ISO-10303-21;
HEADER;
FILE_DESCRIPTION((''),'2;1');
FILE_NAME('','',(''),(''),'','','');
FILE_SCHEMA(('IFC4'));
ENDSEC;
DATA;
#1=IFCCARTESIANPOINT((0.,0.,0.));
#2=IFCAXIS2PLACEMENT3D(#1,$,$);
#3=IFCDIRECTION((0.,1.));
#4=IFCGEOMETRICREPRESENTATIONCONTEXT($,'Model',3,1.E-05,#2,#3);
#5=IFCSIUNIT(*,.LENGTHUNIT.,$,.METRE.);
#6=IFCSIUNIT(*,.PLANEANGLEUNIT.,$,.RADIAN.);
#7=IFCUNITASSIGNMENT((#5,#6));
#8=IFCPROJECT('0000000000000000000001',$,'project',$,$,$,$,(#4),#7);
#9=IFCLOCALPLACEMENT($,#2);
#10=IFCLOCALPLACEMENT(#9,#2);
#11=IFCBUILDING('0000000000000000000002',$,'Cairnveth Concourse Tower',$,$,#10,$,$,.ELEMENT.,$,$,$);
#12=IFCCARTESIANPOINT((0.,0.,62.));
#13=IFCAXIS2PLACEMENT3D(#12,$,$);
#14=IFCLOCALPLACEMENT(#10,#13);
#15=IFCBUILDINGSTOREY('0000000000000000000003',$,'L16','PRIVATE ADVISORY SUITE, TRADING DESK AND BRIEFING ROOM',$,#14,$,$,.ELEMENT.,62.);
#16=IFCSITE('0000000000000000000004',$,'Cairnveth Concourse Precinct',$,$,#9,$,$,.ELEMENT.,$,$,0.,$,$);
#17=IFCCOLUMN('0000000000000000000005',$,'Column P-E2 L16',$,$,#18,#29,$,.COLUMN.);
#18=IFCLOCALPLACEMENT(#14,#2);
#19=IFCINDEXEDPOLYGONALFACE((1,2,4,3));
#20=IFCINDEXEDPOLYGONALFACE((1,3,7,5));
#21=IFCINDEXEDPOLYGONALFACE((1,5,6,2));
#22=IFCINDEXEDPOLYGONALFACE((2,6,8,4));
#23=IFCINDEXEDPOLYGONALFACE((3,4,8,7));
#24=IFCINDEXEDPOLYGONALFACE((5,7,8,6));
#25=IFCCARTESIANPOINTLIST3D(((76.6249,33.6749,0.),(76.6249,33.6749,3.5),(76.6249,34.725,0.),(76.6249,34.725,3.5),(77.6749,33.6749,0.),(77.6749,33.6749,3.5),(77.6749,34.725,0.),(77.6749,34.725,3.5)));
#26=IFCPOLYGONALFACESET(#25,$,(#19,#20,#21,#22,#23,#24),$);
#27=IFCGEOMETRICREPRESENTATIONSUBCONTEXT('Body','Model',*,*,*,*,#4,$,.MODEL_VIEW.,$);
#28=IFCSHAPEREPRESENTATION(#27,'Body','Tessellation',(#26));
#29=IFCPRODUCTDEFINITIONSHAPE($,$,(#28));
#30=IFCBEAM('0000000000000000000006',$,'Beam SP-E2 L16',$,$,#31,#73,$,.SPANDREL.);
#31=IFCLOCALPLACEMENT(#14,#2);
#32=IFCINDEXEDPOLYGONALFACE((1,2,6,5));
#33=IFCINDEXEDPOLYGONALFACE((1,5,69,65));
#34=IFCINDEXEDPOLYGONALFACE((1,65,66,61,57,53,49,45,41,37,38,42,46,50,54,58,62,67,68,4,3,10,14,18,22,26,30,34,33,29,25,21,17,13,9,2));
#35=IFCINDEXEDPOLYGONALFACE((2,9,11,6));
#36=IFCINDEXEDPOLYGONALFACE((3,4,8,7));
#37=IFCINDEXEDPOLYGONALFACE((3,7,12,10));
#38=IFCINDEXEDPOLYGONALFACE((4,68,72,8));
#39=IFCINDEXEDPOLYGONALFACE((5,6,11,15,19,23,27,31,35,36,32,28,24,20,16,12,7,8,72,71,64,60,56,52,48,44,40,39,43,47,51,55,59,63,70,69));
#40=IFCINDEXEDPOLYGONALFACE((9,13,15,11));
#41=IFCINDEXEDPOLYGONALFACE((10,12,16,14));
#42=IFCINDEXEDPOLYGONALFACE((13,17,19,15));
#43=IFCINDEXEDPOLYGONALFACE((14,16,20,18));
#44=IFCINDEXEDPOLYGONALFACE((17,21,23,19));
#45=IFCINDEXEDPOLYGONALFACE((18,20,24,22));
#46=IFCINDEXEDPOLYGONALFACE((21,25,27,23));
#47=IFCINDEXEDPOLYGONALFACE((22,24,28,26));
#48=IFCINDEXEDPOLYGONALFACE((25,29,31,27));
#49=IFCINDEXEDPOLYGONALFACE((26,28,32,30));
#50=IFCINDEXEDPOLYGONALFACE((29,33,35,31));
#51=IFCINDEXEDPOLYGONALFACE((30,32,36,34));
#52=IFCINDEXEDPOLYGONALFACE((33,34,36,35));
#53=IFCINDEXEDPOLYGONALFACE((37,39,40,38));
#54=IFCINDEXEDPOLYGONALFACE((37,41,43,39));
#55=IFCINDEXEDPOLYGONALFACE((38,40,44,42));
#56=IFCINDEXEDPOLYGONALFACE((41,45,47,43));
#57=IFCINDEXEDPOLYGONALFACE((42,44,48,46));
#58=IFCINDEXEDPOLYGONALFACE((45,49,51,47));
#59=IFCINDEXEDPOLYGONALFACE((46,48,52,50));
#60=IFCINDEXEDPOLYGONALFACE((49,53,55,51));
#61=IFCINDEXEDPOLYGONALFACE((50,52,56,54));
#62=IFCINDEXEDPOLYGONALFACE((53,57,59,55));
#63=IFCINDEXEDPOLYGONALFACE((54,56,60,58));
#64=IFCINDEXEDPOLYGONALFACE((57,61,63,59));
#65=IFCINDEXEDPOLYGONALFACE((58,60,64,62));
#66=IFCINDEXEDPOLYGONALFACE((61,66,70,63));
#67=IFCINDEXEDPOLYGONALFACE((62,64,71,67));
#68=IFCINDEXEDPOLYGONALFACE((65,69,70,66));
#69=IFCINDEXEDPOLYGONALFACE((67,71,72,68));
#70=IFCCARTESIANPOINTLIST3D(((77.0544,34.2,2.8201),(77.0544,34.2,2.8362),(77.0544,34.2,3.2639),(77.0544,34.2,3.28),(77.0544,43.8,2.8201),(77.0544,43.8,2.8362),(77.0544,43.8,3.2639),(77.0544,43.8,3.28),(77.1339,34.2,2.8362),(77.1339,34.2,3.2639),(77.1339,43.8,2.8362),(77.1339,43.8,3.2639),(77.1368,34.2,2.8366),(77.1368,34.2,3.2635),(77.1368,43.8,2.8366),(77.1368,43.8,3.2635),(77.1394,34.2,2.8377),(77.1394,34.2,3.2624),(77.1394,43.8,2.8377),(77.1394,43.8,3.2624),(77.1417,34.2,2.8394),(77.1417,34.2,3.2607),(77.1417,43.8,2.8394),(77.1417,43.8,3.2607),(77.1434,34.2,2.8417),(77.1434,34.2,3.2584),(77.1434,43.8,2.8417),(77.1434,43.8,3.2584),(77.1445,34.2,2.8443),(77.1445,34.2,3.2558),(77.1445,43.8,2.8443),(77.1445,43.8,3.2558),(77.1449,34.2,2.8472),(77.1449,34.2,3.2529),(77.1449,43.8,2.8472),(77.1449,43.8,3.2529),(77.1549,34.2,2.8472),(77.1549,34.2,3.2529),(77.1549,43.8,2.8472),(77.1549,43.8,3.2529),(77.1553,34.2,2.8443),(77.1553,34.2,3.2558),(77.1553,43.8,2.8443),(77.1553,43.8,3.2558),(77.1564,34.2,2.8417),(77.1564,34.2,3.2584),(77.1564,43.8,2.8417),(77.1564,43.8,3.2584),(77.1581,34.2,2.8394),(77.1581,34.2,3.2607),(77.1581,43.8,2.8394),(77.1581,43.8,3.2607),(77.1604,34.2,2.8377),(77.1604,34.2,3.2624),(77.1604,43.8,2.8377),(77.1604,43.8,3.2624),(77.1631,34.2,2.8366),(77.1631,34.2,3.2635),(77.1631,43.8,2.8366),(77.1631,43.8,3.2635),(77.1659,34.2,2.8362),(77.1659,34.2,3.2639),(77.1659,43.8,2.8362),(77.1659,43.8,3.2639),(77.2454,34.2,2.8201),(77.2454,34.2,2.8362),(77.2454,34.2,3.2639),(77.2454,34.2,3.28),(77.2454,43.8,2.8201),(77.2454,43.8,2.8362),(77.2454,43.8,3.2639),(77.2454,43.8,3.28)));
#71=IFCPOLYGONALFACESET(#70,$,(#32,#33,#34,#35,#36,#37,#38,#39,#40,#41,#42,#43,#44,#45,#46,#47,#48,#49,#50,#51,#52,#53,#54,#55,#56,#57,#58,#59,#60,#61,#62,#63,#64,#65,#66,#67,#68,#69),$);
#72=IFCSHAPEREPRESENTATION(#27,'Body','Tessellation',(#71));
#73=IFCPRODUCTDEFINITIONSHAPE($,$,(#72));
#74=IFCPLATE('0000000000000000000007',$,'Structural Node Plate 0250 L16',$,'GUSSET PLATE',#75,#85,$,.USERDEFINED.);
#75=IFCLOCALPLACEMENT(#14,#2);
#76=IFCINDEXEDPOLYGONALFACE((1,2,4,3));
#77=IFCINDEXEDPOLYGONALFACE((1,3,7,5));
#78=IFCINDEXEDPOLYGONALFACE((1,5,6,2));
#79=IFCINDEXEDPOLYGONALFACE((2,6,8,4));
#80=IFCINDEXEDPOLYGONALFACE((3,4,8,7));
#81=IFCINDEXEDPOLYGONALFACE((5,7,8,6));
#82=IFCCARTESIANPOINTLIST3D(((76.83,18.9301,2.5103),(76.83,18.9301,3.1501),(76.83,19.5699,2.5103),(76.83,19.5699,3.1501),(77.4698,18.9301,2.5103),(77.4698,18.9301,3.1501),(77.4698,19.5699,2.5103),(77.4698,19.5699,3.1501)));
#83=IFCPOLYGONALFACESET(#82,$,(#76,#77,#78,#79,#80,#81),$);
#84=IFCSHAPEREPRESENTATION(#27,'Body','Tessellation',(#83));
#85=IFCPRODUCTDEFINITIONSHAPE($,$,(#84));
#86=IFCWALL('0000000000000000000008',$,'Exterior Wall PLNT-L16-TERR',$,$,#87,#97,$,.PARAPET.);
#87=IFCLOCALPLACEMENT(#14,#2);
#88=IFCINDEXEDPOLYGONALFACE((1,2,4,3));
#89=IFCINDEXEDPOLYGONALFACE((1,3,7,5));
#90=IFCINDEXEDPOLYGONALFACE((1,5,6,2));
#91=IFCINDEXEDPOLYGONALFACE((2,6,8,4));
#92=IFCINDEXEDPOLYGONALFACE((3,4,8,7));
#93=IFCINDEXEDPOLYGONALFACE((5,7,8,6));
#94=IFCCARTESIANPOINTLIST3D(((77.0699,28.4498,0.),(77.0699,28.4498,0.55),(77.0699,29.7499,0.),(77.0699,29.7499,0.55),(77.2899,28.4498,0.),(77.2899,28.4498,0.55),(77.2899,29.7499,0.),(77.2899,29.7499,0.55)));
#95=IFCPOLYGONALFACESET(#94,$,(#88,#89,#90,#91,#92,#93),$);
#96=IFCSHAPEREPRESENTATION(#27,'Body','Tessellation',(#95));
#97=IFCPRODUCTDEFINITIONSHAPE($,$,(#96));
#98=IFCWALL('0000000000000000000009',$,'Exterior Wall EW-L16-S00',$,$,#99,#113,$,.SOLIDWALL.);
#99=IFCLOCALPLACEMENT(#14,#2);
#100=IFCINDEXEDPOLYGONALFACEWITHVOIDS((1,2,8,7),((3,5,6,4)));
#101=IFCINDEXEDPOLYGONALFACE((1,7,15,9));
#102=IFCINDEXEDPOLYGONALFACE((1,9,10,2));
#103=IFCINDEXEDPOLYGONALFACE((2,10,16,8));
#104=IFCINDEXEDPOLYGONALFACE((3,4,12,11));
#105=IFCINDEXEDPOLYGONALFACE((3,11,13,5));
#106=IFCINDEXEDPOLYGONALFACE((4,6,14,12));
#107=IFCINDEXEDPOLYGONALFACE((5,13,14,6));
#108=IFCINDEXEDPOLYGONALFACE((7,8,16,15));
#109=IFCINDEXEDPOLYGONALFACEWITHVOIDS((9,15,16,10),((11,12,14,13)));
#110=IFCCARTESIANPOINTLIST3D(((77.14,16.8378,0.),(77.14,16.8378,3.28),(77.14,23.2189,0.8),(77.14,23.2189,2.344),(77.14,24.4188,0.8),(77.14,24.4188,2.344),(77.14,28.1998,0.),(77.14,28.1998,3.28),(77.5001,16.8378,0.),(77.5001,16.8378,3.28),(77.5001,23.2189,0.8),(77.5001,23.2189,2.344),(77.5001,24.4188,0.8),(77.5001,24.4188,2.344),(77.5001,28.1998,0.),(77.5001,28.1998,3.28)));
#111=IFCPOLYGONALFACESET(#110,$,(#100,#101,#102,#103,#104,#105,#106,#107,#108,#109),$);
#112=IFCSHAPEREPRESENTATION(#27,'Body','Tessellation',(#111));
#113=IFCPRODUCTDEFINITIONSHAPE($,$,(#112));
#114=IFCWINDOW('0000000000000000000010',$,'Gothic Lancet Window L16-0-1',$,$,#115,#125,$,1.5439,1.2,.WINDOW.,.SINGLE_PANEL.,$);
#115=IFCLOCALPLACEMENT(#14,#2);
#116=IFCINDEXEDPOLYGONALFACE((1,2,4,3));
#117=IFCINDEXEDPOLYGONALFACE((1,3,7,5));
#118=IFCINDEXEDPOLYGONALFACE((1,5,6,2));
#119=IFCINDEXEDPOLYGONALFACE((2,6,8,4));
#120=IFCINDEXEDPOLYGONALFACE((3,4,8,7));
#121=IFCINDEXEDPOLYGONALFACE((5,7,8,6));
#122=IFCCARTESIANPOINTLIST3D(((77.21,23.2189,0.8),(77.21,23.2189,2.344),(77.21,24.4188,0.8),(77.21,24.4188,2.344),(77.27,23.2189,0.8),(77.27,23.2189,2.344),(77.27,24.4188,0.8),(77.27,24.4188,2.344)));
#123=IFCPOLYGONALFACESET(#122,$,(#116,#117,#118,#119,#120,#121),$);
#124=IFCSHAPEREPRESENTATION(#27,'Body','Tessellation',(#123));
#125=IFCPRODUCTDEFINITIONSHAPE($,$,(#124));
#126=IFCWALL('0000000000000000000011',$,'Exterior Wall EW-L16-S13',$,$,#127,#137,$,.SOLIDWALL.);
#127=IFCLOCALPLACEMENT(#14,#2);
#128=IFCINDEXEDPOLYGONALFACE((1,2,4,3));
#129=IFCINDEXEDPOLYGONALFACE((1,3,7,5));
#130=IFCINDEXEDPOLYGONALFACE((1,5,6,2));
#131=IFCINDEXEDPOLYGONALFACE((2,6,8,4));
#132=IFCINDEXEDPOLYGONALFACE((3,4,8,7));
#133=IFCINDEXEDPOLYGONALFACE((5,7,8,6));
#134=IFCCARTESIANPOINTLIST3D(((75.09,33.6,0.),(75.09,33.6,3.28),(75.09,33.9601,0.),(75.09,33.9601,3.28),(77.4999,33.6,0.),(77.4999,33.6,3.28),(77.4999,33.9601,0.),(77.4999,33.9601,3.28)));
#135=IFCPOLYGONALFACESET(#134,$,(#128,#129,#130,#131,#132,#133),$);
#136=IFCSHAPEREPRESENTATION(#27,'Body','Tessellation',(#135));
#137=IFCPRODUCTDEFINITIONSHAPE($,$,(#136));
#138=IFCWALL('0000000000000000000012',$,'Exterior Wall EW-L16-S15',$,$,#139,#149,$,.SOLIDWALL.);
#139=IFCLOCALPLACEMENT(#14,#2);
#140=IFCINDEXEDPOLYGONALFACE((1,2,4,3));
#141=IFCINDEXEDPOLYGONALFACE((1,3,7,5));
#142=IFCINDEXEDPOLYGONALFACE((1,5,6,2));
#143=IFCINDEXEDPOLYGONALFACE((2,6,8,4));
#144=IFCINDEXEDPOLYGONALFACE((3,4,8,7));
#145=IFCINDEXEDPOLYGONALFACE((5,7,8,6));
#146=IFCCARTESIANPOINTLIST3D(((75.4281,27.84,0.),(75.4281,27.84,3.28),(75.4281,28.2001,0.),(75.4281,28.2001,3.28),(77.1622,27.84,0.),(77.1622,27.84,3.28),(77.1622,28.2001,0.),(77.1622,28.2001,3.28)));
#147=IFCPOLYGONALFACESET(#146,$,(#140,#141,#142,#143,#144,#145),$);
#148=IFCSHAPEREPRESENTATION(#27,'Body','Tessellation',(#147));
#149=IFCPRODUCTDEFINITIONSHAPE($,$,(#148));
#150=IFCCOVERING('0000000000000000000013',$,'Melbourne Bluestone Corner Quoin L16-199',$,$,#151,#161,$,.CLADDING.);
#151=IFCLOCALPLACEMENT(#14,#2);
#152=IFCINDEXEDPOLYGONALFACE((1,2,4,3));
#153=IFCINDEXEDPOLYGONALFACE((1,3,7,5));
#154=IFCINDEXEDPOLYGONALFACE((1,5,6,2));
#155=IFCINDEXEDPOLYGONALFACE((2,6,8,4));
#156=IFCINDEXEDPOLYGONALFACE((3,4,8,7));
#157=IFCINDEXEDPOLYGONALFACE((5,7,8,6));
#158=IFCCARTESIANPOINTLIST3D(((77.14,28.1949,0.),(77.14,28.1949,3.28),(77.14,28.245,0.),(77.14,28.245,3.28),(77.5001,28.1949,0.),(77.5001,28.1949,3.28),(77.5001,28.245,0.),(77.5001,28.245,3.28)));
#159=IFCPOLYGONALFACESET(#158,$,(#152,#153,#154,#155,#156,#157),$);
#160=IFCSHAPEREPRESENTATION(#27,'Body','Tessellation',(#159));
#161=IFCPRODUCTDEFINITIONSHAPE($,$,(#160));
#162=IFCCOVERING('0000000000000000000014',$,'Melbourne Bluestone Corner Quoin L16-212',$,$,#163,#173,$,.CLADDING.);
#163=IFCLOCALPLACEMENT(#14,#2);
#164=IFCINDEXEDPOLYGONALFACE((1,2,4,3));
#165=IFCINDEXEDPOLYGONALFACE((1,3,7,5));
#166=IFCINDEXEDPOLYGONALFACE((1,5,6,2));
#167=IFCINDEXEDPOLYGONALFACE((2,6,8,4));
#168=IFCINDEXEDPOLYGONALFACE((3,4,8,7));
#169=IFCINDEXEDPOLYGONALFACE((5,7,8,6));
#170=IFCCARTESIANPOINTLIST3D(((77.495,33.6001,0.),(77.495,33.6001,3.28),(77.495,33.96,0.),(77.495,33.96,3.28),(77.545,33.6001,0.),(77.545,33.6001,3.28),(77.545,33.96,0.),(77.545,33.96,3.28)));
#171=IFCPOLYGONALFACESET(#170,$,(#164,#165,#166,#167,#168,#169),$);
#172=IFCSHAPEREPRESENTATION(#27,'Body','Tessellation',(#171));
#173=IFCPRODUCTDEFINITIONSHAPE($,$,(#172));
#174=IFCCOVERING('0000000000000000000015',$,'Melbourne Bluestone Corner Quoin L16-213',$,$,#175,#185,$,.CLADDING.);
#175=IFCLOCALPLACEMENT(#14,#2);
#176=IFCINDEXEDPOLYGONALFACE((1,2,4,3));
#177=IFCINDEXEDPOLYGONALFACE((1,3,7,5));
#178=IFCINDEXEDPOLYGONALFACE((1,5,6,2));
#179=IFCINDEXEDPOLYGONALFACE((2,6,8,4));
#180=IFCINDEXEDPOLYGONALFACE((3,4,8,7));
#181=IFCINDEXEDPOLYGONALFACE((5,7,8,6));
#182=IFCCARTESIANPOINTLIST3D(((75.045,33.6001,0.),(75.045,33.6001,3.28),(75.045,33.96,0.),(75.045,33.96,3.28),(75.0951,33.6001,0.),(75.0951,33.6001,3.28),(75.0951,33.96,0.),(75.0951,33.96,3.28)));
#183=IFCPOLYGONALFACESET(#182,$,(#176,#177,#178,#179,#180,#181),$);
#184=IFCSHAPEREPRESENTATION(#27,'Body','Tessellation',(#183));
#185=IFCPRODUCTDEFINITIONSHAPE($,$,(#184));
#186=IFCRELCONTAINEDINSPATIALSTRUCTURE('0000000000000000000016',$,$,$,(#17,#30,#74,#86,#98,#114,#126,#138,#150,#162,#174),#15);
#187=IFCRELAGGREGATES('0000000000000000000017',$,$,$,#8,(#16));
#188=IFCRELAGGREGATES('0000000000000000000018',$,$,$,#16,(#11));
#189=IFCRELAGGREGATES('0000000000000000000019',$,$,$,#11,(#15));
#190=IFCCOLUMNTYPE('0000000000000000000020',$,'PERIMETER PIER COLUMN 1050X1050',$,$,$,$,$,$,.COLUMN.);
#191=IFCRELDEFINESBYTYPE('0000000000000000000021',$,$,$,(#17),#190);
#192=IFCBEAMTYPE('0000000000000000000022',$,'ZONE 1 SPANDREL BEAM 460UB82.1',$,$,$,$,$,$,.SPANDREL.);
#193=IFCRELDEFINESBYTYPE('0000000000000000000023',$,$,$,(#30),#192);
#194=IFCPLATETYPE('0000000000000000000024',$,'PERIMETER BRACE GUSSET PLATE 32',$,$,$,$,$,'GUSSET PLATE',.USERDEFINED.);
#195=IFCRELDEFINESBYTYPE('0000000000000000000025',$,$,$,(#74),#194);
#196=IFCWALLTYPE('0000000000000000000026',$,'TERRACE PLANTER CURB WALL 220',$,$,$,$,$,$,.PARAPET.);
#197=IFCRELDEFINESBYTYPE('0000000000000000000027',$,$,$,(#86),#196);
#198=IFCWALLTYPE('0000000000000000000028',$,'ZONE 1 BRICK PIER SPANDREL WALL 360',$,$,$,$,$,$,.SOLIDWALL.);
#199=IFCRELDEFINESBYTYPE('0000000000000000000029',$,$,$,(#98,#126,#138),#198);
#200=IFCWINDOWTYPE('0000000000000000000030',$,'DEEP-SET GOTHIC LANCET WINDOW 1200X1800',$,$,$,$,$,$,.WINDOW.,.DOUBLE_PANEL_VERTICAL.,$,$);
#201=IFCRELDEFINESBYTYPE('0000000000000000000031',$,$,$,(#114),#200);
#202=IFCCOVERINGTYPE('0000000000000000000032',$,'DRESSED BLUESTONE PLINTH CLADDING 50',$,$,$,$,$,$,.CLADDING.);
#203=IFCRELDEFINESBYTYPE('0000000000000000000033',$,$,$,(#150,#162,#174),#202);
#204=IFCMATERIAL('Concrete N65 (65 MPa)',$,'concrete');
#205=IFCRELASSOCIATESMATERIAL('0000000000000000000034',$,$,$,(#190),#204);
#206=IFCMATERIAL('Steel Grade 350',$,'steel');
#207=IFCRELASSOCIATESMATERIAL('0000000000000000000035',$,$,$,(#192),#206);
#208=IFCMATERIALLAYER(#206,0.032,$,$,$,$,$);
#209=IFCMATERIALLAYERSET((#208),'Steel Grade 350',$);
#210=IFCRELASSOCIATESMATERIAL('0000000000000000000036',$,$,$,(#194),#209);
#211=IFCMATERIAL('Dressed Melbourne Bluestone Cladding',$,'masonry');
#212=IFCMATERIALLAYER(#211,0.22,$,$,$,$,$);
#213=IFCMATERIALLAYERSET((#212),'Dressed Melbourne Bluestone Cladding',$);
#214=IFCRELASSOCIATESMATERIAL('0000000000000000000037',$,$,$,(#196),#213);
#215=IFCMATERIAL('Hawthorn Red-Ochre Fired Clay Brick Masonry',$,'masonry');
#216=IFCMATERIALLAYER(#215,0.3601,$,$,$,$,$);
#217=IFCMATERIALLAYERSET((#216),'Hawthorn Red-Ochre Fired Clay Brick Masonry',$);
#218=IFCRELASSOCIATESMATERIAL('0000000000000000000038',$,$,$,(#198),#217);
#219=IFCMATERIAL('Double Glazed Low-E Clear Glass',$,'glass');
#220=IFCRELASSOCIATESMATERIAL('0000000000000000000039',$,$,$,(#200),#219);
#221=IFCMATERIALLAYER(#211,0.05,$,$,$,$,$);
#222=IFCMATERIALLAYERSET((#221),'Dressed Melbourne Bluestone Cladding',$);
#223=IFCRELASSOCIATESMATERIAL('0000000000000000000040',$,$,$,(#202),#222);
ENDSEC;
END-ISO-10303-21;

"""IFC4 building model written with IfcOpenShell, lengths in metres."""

from ifc_helpers import new_model, si_unit, direction, frame, frame_2d, origin, origin_2d, place, context, subcontext, project, spatial, rectangle, i_section, extrude, material, layer, layer_set, material_profile, profile_set, type_object, element, fill, save


model = new_model("IFC4")

# Units and contexts
model_context = context("Model", 3, precision=1e-05, world=origin(), true_north=direction((0.0, 1.0)))
body_context = subcontext(model_context, "Body", "Model", "MODEL_VIEW")
ifc_project = project(units=[si_unit("LENGTHUNIT", "METRE"), si_unit("PLANEANGLEUNIT", "RADIAN")], contexts=[model_context])

# Site, building, storey
site_placement = place(None, origin())
site = spatial("IfcSite", under=ifc_project, at=site_placement, Name="Cairnveth Concourse Precinct", CompositionType="ELEMENT", RefElevation=0.0)
building_placement = place(site_placement, origin())
building = spatial("IfcBuilding", under=site, at=building_placement, Name="Cairnveth Concourse Tower", CompositionType="ELEMENT")
storey_placement = place(building_placement, frame((0.0, 0.0, 62.0)))
storey = spatial("IfcBuildingStorey", under=building, at=storey_placement, Name="L16", Description="PRIVATE ADVISORY SUITE, TRADING DESK AND BRIEFING ROOM", CompositionType="ELEMENT", Elevation=62.0)

# Column
ifc_material_1 = material(Name="Concrete N65 (65 MPa)", Category="concrete")
ifc_material_profile_1 = material_profile(ifc_material_1, rectangle(XDim=1.05, YDim=1.05, at=origin_2d()), Name="RC-COL-1050x1050")
ifc_profile_set_1 = profile_set([ifc_material_profile_1], Name="Concrete N65 (65 MPa)")
column_type = type_object("IfcColumnType", Name="PERIMETER PIER COLUMN 1050X1050", PredefinedType="COLUMN", material=ifc_profile_set_1)
column_placement = place(storey_placement, frame((77.1499, 34.2, 0.0), z_axis=(0.0, 0.0, 1.0), x_axis=(0.0, 1.0, 0.0)))
element("IfcColumn", 1, at=column_placement, inside=storey, type_object=column_type, Name="Column P-E2 L16", PredefinedType="COLUMN", context=body_context, shape_type="SweptSolid", body=[
    extrude(rectangle(XDim=1.05, YDim=1.05, at=origin_2d()), origin(), (0.0, 0.0, 1.0), 3.5),
])

# Beam
ifc_material_2 = material(Name="Steel Grade 350", Category="steel")
ifc_material_profile_2 = material_profile(ifc_material_2, i_section(OverallWidth=0.1909, OverallDepth=0.46, WebThickness=0.01, FlangeThickness=0.0161, FilletRadius=0.011, at=origin_2d()), Name="460UB82.1")
ifc_profile_set_2 = profile_set([ifc_material_profile_2], Name="Steel Grade 350")
beam_type = type_object("IfcBeamType", Name="ZONE 1 SPANDREL BEAM 460UB82.1", PredefinedType="SPANDREL", material=ifc_profile_set_2)
beam_placement = place(storey_placement, frame((77.1499, 34.2, 3.05), z_axis=(0.0, 1.0, 0.0), x_axis=(-1.0, 0.0, 0.0)))
element("IfcBeam", 2, at=beam_placement, inside=storey, type_object=beam_type, Name="Beam SP-E2 L16", PredefinedType="SPANDREL", context=body_context, shape_type="SweptSolid", body=[
    extrude(i_section(OverallWidth=0.1909, OverallDepth=0.46, WebThickness=0.01, FlangeThickness=0.0161, FilletRadius=0.011, at=origin_2d()), origin(), (0.0, 0.0, 1.0), 9.6001),
])

# Plate
ifc_layer_1 = layer(ifc_material_2, 0.032)
ifc_layer_set_1 = layer_set([ifc_layer_1], Name="Steel Grade 350")
plate_type = type_object("IfcPlateType", Name="PERIMETER BRACE GUSSET PLATE 32", ElementType="GUSSET PLATE", PredefinedType="USERDEFINED", material=ifc_layer_set_1)
plate_placement = place(storey_placement, frame((77.1499, 19.25, 2.5103), z_axis=(0.0, 0.0, 1.0), x_axis=(1.0, 0.0, 0.0)))
element("IfcPlate", 3, at=plate_placement, inside=storey, type_object=plate_type, Name="Structural Node Plate 0250 L16", ObjectType="GUSSET PLATE", PredefinedType="USERDEFINED", context=body_context, shape_type="SweptSolid", body=[
    extrude(rectangle(XDim=0.6399, YDim=0.6399, at=origin_2d()), origin(), (0.0, 0.0, 1.0), 0.6399),
])

# Wall
ifc_material_3 = material(Name="Dressed Melbourne Bluestone Cladding", Category="masonry")
ifc_layer_2 = layer(ifc_material_3, 0.22)
ifc_layer_set_2 = layer_set([ifc_layer_2], Name="Dressed Melbourne Bluestone Cladding")
wall_type_1 = type_object("IfcWallType", Name="TERRACE PLANTER CURB WALL 220", PredefinedType="PARAPET", material=ifc_layer_set_2)
wall_1_placement = place(storey_placement, frame((77.1799, 28.45, 0.0), z_axis=(0.0, 0.0, 1.0), x_axis=(0.0, 1.0, 0.0)))
element("IfcWall", 4, at=wall_1_placement, inside=storey, type_object=wall_type_1, Name="Exterior Wall PLNT-L16-TERR", PredefinedType="PARAPET", context=body_context, shape_type="SweptSolid", body=[
    extrude(rectangle(XDim=1.3, YDim=0.22, at=frame_2d((0.6499, 0.0))), origin(), (0.0, 0.0, 1.0), 0.55),
])

# Wall, opening, window
ifc_material_4 = material(Name="Hawthorn Red-Ochre Fired Clay Brick Masonry", Category="masonry")
ifc_layer_3 = layer(ifc_material_4, 0.3601)
ifc_layer_set_3 = layer_set([ifc_layer_3], Name="Hawthorn Red-Ochre Fired Clay Brick Masonry")
wall_type_2 = type_object("IfcWallType", Name="ZONE 1 BRICK PIER SPANDREL WALL 360", PredefinedType="SOLIDWALL", material=ifc_layer_set_3)
wall_2_placement = place(storey_placement, frame((77.3201, 28.2, 0.0), z_axis=(0.0, 0.0, 1.0), x_axis=(0.0, -1.0, 0.0)))
wall_2 = element("IfcWall", 5, at=wall_2_placement, inside=storey, type_object=wall_type_2, Name="Exterior Wall EW-L16-S00", PredefinedType="SOLIDWALL", context=body_context, shape_type="SweptSolid", body=[
    extrude(rectangle(XDim=11.3621, YDim=0.3601, at=frame_2d((5.6812, 0.0))), origin(), (0.0, 0.0, 1.0), 3.28),
])
opening_1_placement = place(wall_2_placement, frame((3.781, 0.0, 0.8)))
opening_1 = element("IfcOpeningElement", 6, at=opening_1_placement, cuts=wall_2, PredefinedType="OPENING", context=body_context, shape_type="SweptSolid", body=[
    extrude(rectangle(XDim=1.2, YDim=1.5439, at=frame_2d((0.6001, 0.772))), frame((0.0, 0.1899, 0.0), z_axis=(0.0, -1.0, 0.0), x_axis=(1.0, 0.0, 0.0)), (0.0, 0.0, 1.0), 0.3801),
])
ifc_material_5 = material(Name="Double Glazed Low-E Clear Glass", Category="glass")
window_type = type_object("IfcWindowType", Name="DEEP-SET GOTHIC LANCET WINDOW 1200X1800", PartitioningType="DOUBLE_PANEL_VERTICAL", PredefinedType="WINDOW", material=ifc_material_5)
window_placement = place(opening_1_placement, origin())
window = element("IfcWindow", 7, at=window_placement, inside=storey, type_object=window_type, Name="Gothic Lancet Window L16-0-1", OverallHeight=1.5439, OverallWidth=1.2, PartitioningType="SINGLE_PANEL", PredefinedType="WINDOW", context=body_context, shape_type="SweptSolid", body=[
    extrude(rectangle(XDim=1.2, YDim=1.5439, at=frame_2d((0.6001, 0.772))), frame((0.0, -0.05, 0.0), z_axis=(0.0, -1.0, 0.0), x_axis=(1.0, 0.0, 0.0)), (0.0, 0.0, 1.0), 0.0601),
])
fill(opening_1, window)

# Wall
wall_3_placement = place(storey_placement, frame((77.5, 33.78, 0.0), z_axis=(0.0, 0.0, 1.0), x_axis=(-1.0, 0.0, 0.0)))
element("IfcWall", 8, at=wall_3_placement, inside=storey, type_object=wall_type_2, Name="Exterior Wall EW-L16-S13", PredefinedType="SOLIDWALL", context=body_context, shape_type="SweptSolid", body=[
    extrude(rectangle(XDim=2.4099, YDim=0.3601, at=frame_2d((1.2051, 0.0))), origin(), (0.0, 0.0, 1.0), 3.28),
])

# Wall
wall_4_placement = place(storey_placement, frame((75.428, 28.02, 0.0), z_axis=(0.0, 0.0, 1.0), x_axis=(1.0, 0.0, 0.0)))
element("IfcWall", 9, at=wall_4_placement, inside=storey, type_object=wall_type_2, Name="Exterior Wall EW-L16-S15", PredefinedType="SOLIDWALL", context=body_context, shape_type="SweptSolid", body=[
    extrude(rectangle(XDim=1.7341, YDim=0.3601, at=frame_2d((0.8672, 0.0))), origin(), (0.0, 0.0, 1.0), 3.28),
])

# Coverings
ifc_layer_4 = layer(ifc_material_3, 0.05)
ifc_layer_set_4 = layer_set([ifc_layer_4], Name="Dressed Melbourne Bluestone Cladding")
covering_type = type_object("IfcCoveringType", Name="DRESSED BLUESTONE PLINTH CLADDING 50", PredefinedType="CLADDING", material=ifc_layer_set_4)
covering_placement = place(storey_placement, frame((77.1399, 28.22, 0.0), z_axis=(0.0, 0.0, 1.0), x_axis=(1.0, 0.0, 0.0)))
element("IfcCovering", 10, at=covering_placement, inside=storey, type_object=covering_type, Name="Melbourne Bluestone Corner Quoin L16-199", PredefinedType="CLADDING", context=body_context, shape_type="SweptSolid", body=[
    extrude(rectangle(XDim=0.3601, YDim=0.05, at=frame_2d((0.1802, 0.0))), origin(), (0.0, 0.0, 1.0), 3.28),
])
for number, where, z_axis, x_axis, name in (
    (11, (77.52, 33.96, 0.0), (0.0, 0.0, 1.0), (0.0, -1.0, 0.0), "Melbourne Bluestone Corner Quoin L16-212"),
    (12, (75.0701, 33.96, 0.0), (0.0, 0.0, 1.0), (0.0, -1.0, 0.0), "Melbourne Bluestone Corner Quoin L16-213"),
):
    element("IfcCovering", number, at=place(storey_placement, frame(where, z_axis=z_axis, x_axis=x_axis)), inside=storey, type_object=covering_type, Name=name, PredefinedType="CLADDING", context=body_context, shape_type="SweptSolid", body=[
        extrude(rectangle(XDim=0.3599, YDim=0.05, at=frame_2d((0.1799, 0.0))), origin(), (0.0, 0.0, 1.0), 3.28),
    ])

save(model, "model.ifc")
